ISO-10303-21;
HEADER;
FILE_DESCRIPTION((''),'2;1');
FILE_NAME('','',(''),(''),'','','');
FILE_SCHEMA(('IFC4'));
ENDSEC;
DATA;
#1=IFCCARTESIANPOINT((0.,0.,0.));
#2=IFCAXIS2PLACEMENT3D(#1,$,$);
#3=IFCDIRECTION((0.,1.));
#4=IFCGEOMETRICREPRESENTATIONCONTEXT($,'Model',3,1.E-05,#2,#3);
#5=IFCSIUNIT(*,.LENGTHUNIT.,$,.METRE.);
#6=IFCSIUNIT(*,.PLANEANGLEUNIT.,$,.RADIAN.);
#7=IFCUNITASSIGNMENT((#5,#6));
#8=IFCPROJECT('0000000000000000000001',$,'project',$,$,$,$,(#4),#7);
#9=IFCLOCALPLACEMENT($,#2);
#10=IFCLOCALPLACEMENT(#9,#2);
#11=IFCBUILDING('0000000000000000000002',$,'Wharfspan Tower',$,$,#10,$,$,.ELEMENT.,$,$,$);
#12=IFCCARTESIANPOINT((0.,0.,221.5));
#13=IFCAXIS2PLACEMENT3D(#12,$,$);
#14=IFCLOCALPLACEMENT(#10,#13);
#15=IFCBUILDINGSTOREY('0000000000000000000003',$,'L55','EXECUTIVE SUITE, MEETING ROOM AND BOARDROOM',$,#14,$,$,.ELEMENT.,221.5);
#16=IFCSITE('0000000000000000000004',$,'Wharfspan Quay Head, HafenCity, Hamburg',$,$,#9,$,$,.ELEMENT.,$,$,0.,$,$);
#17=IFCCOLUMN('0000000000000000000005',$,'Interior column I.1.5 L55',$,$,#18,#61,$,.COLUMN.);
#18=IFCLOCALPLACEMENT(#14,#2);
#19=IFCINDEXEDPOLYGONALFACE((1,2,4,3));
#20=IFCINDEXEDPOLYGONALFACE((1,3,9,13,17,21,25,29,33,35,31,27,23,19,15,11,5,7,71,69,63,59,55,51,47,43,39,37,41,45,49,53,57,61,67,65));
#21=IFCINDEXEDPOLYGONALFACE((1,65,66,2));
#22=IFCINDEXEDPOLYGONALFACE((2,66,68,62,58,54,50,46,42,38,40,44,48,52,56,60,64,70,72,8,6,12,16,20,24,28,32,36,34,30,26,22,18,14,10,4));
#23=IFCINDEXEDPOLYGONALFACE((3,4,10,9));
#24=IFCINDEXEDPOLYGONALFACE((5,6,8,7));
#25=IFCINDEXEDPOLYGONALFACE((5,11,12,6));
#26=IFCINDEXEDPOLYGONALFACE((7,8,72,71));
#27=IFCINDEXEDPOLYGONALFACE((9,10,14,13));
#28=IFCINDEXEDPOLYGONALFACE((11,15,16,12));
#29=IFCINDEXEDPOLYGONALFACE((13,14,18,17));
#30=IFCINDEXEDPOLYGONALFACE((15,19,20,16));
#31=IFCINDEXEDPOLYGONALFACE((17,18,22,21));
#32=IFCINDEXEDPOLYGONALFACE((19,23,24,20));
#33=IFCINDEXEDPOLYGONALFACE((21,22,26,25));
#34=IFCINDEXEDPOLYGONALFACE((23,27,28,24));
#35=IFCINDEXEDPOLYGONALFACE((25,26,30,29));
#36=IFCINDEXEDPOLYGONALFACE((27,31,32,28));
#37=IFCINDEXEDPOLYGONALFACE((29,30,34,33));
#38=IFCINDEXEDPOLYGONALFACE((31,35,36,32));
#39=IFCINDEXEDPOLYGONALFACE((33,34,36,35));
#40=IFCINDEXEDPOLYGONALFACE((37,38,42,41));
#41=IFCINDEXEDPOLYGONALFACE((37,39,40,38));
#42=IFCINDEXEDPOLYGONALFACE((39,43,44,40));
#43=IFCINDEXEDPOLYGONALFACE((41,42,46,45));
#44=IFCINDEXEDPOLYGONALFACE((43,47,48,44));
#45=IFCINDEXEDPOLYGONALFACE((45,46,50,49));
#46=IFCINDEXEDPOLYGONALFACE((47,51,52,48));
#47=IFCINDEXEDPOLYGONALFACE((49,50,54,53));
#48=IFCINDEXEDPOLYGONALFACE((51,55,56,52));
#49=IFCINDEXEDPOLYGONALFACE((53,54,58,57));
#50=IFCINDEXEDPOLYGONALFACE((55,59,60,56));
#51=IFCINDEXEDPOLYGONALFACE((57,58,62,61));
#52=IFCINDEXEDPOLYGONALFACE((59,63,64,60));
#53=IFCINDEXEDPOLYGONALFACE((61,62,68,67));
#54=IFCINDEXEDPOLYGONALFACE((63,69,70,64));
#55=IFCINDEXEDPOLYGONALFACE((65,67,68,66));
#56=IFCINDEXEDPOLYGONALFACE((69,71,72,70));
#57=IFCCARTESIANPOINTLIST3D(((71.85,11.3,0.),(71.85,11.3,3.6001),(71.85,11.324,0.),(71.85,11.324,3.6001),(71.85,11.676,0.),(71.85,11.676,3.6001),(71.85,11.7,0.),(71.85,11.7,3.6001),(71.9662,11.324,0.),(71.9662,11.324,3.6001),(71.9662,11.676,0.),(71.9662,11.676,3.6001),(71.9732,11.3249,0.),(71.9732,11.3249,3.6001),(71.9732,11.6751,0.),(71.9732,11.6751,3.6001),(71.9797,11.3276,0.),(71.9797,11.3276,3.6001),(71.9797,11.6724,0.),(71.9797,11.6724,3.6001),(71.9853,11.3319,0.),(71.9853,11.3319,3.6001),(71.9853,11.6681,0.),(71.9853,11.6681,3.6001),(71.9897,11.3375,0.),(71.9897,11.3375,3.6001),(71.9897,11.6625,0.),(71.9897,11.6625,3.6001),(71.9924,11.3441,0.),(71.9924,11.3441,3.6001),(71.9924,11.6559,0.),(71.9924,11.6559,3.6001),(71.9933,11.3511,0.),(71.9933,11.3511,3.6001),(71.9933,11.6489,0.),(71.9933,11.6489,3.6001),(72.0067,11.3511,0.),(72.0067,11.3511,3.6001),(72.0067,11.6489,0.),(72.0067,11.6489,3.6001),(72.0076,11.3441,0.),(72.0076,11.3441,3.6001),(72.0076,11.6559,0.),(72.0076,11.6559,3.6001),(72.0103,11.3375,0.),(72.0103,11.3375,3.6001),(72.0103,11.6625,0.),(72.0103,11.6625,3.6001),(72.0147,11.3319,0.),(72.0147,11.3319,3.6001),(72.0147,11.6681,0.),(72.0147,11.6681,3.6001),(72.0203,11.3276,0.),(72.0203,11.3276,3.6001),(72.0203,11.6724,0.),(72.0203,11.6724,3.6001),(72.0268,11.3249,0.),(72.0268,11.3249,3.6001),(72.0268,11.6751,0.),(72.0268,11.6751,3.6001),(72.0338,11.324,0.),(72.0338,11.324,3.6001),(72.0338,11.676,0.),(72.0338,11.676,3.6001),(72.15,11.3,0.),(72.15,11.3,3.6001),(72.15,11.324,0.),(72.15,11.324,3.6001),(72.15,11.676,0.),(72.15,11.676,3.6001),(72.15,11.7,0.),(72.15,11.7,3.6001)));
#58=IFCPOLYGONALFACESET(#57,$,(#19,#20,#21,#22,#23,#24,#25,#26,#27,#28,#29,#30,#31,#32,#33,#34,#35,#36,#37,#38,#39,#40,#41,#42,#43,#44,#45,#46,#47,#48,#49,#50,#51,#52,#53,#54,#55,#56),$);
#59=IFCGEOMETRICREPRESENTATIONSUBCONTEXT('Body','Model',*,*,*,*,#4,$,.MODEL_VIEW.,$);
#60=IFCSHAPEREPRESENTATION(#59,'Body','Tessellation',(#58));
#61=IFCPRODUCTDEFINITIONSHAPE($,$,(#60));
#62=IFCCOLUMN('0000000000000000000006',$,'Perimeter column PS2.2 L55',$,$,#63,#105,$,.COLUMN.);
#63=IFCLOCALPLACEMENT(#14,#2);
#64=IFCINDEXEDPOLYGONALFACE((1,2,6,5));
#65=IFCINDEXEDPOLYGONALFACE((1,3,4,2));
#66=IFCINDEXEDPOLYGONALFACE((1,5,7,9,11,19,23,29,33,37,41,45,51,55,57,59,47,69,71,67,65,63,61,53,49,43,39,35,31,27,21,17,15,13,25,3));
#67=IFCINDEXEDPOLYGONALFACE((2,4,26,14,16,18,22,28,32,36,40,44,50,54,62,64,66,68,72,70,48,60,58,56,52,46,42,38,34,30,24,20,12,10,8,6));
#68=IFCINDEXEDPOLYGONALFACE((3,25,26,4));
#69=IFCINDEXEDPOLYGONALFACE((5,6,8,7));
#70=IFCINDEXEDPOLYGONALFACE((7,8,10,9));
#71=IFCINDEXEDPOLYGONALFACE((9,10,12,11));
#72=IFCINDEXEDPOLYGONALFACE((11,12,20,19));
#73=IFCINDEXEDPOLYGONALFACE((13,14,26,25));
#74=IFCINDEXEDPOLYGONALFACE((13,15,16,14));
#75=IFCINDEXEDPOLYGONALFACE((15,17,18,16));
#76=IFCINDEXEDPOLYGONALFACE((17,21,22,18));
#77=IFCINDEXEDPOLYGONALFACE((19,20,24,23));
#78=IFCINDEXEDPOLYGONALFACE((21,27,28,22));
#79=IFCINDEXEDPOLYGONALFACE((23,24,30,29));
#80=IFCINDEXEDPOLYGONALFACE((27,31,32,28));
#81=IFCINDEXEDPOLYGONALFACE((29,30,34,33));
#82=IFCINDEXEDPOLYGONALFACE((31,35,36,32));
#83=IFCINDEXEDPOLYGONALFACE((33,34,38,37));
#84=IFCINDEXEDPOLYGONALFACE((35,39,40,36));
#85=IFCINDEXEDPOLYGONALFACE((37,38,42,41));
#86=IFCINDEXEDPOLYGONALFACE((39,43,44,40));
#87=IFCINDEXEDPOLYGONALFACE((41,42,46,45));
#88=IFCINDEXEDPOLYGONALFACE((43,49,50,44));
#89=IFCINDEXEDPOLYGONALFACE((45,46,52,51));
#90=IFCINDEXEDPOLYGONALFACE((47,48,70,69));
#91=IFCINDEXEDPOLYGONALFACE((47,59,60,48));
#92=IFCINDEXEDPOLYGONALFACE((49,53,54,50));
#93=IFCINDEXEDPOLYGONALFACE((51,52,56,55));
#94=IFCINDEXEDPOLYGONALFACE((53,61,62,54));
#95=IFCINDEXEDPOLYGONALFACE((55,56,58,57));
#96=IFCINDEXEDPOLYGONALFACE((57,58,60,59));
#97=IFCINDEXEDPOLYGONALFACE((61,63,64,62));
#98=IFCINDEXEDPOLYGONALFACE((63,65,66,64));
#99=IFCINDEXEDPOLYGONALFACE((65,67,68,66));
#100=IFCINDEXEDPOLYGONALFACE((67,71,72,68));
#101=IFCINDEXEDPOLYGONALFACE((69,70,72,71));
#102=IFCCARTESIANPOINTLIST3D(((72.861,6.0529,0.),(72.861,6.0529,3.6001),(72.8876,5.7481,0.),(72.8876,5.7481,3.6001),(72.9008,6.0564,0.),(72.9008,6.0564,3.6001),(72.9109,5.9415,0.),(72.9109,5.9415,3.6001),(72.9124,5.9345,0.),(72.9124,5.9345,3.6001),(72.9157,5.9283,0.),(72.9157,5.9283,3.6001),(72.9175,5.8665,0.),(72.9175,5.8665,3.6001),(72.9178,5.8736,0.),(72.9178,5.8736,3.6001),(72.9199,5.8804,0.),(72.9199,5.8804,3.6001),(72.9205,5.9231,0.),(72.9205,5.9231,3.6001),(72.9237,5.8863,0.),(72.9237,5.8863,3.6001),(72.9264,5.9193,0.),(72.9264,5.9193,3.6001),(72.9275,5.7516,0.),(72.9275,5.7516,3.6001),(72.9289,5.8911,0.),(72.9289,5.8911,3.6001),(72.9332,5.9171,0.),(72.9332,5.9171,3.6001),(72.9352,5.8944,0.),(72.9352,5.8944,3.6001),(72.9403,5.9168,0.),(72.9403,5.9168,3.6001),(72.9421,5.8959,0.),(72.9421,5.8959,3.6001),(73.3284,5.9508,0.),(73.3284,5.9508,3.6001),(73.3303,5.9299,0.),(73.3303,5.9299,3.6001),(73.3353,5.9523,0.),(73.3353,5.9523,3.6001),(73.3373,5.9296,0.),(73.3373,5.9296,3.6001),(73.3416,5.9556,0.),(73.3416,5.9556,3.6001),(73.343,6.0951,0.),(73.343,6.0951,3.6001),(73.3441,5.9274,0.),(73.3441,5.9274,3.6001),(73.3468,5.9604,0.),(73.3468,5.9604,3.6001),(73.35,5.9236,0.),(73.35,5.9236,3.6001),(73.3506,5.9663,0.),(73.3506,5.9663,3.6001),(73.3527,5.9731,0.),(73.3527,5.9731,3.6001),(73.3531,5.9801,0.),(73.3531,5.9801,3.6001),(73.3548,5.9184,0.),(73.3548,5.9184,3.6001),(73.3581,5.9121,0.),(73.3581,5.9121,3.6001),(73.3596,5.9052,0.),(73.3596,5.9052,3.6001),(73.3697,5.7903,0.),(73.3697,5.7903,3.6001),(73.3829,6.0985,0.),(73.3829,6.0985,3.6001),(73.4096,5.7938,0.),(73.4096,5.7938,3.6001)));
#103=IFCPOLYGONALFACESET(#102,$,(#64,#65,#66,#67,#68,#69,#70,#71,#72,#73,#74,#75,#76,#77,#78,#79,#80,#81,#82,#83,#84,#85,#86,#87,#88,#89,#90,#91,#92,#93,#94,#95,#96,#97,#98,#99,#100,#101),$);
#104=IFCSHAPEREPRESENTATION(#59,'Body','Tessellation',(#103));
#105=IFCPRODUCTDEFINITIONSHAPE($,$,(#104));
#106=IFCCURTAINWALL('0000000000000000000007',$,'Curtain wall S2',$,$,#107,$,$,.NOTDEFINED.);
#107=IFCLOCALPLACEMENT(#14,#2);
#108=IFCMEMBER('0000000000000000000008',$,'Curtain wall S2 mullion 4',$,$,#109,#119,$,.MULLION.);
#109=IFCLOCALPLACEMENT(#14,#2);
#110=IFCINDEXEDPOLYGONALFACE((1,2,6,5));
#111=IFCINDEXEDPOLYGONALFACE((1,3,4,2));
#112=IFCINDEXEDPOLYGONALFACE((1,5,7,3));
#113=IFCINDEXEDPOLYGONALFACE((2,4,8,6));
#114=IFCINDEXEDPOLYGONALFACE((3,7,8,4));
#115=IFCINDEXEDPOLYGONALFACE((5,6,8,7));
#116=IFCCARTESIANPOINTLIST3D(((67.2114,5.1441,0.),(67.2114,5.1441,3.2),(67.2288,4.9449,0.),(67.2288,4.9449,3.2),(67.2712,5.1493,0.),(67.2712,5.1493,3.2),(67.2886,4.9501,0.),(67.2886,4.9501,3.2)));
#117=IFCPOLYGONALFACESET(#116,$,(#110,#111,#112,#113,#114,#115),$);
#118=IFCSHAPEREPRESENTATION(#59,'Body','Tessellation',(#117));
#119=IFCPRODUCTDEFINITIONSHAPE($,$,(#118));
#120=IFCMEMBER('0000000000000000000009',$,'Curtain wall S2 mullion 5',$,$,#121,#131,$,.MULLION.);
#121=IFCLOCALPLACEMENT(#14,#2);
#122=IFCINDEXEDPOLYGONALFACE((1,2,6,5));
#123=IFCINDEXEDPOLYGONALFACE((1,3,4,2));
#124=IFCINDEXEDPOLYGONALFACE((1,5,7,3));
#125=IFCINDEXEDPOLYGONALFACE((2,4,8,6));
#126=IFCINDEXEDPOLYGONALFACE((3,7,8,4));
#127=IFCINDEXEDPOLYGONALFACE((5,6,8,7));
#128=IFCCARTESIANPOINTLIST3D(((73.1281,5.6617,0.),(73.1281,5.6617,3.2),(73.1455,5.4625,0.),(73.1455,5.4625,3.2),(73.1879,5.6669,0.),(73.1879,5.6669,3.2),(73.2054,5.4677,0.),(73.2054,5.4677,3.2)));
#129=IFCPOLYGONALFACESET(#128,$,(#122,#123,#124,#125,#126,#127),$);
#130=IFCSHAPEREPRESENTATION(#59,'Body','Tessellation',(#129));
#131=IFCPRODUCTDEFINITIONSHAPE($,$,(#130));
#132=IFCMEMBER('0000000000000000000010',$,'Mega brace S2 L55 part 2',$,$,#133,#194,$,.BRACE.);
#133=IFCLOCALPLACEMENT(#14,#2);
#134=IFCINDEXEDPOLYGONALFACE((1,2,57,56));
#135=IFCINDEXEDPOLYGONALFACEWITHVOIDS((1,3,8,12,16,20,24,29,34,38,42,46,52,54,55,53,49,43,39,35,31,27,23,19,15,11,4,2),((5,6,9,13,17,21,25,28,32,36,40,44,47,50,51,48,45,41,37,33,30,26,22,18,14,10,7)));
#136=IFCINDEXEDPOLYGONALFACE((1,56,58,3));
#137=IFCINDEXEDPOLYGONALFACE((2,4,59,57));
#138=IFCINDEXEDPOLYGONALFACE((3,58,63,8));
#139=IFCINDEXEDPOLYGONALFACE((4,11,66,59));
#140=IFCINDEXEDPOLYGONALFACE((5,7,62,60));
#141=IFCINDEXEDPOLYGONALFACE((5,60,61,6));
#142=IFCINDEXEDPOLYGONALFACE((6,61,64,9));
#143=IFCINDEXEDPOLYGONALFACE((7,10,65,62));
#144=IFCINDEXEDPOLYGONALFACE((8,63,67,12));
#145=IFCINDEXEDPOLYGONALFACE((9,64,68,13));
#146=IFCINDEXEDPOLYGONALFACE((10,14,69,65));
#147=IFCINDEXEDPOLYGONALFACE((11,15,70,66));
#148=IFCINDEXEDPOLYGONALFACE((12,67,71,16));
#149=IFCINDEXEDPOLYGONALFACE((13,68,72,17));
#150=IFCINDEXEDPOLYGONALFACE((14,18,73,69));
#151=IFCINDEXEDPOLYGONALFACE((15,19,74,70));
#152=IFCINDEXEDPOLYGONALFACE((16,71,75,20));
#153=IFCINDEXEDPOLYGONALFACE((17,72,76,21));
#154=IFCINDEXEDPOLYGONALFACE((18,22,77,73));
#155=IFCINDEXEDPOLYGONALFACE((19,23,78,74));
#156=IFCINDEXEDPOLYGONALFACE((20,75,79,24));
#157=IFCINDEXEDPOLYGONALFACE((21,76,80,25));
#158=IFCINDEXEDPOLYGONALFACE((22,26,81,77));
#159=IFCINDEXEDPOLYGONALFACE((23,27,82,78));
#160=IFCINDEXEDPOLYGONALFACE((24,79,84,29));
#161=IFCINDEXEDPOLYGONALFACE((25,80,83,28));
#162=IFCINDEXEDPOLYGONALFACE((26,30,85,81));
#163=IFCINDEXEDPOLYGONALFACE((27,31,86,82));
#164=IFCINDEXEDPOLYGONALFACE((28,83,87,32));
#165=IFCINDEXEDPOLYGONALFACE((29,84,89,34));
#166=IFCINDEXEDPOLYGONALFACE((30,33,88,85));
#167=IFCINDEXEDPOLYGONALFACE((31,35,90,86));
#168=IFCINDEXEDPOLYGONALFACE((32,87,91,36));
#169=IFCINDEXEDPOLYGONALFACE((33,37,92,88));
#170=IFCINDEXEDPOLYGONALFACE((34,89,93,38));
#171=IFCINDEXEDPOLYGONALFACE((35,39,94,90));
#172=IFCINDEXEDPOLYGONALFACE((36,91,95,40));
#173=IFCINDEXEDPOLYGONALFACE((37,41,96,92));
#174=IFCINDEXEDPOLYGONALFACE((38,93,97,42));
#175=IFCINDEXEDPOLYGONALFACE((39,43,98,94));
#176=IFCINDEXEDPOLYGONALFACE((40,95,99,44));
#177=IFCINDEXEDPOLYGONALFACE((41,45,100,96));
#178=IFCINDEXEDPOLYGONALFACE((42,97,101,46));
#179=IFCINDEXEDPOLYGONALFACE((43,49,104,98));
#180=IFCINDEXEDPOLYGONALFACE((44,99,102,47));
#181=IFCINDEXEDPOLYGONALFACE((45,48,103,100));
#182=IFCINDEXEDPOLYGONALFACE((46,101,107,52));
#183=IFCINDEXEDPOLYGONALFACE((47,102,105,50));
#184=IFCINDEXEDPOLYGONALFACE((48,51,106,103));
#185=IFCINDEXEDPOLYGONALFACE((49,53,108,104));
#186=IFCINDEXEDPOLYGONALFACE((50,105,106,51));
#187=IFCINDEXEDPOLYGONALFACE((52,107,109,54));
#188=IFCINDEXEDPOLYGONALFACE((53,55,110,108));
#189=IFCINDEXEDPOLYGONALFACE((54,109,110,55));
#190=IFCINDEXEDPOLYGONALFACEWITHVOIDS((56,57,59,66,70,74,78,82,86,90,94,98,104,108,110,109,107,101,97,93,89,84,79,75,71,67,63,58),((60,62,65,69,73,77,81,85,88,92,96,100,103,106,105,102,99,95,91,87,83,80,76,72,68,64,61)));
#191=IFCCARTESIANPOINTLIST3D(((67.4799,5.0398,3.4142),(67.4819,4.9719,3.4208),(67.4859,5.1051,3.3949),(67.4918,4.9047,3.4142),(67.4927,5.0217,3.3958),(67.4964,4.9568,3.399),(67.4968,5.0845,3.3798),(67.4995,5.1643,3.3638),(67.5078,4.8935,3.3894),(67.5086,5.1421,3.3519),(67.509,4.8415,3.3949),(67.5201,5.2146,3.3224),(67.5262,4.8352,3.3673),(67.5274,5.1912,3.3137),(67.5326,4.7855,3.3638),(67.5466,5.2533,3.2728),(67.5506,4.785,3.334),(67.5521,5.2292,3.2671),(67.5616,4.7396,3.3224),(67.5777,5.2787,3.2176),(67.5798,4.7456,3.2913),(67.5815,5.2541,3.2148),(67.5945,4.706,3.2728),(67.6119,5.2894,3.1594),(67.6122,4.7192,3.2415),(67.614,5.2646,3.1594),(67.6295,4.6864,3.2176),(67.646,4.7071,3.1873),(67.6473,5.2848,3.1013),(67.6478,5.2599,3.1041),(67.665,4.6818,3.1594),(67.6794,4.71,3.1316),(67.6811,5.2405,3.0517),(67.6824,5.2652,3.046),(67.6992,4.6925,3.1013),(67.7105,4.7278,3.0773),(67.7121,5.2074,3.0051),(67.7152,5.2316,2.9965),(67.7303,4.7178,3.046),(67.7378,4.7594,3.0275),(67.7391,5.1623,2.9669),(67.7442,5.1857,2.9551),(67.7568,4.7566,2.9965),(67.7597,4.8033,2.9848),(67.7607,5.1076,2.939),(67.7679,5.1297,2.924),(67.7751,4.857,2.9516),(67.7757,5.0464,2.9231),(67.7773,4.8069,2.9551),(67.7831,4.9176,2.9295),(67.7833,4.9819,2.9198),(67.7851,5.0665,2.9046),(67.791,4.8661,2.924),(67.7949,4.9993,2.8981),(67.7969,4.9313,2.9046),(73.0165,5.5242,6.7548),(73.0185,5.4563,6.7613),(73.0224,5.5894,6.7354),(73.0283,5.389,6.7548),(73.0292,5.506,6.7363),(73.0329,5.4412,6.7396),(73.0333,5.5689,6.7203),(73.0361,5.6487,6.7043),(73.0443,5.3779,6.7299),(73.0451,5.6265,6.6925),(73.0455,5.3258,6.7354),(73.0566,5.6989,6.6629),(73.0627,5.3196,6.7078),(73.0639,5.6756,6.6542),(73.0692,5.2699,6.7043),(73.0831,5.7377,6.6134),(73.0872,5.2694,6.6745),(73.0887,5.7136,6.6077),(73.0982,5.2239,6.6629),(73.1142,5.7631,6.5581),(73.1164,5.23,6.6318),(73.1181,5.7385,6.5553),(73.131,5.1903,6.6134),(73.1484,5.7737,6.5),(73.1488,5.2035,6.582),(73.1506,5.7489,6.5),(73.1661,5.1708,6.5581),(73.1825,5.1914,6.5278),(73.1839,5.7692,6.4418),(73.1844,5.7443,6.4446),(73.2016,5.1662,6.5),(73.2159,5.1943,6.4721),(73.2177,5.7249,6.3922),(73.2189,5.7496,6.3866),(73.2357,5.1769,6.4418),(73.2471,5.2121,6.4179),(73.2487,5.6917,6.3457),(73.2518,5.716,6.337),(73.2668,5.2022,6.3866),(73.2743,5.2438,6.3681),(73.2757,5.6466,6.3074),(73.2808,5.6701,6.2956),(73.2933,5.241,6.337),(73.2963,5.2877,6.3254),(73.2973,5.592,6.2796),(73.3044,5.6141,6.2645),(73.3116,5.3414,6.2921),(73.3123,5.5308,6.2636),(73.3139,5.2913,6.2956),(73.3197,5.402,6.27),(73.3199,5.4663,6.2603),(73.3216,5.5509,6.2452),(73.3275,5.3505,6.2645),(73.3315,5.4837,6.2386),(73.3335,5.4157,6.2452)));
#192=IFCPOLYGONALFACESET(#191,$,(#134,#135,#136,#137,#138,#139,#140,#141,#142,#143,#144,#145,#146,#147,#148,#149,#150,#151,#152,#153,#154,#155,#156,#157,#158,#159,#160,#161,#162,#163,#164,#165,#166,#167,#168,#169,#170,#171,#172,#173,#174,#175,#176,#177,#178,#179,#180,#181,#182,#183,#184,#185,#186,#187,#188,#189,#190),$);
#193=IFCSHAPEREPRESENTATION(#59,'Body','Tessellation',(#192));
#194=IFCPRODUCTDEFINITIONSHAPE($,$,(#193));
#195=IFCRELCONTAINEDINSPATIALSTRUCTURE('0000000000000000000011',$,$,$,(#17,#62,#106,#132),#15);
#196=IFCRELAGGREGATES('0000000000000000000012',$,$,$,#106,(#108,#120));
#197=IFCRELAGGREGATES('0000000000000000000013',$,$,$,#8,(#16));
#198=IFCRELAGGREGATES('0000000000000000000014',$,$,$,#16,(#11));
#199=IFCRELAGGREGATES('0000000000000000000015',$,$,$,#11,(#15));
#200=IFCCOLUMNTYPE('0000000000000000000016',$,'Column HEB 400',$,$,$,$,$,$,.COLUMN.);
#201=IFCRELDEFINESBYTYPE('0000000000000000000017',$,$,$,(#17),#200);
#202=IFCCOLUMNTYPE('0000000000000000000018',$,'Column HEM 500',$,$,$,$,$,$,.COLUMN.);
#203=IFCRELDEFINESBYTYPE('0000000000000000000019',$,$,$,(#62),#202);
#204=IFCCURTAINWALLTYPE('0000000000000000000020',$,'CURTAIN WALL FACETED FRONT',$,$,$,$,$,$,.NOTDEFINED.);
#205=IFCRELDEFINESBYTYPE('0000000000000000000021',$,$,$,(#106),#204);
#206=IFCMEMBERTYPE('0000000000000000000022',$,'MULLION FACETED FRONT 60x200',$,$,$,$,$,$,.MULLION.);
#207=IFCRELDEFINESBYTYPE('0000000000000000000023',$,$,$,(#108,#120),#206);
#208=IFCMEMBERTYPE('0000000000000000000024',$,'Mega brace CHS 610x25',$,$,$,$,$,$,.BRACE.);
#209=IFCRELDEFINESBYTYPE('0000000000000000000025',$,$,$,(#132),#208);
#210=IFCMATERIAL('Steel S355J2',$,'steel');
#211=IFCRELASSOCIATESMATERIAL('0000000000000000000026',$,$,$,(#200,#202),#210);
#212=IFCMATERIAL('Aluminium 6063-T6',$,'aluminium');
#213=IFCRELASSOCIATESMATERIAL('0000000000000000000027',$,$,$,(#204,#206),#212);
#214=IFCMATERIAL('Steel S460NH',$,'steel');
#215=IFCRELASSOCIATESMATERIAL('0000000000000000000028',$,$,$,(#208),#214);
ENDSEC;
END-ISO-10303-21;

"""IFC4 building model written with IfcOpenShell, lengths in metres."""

from ifc_helpers import new_model, si_unit, direction, frame, origin, origin_2d, place, context, subcontext, project, spatial, rectangle, hollow_circle, i_section, extrude, material, material_profile, profile_set, type_object, element, aggregate, save


model = new_model("IFC4")

# Units and contexts
model_context = context("Model", 3, precision=1e-05, world=origin(), true_north=direction((0.0, 1.0)))
body_context = subcontext(model_context, "Body", "Model", "MODEL_VIEW")
ifc_project = project(units=[si_unit("LENGTHUNIT", "METRE"), si_unit("PLANEANGLEUNIT", "RADIAN")], contexts=[model_context])

# Site, building, storey
site_placement = place(None, origin())
site = spatial("IfcSite", under=ifc_project, at=site_placement, Name="Wharfspan Quay Head, HafenCity, Hamburg", CompositionType="ELEMENT", RefElevation=0.0)
building_placement = place(site_placement, origin())
building = spatial("IfcBuilding", under=site, at=building_placement, Name="Wharfspan Tower", CompositionType="ELEMENT")
storey_placement = place(building_placement, frame((0.0, 0.0, 221.5)))
storey = spatial("IfcBuildingStorey", under=building, at=storey_placement, Name="L55", Description="EXECUTIVE SUITE, MEETING ROOM AND BOARDROOM", CompositionType="ELEMENT", Elevation=221.5)

# Columns
ifc_material_1 = material(Name="Steel S355J2", Category="steel")
ifc_material_profile_1 = material_profile(ifc_material_1, i_section(OverallWidth=0.3, OverallDepth=0.3999, WebThickness=0.0134, FlangeThickness=0.0239, FilletRadius=0.0271, at=origin_2d()))
ifc_profile_set_1 = profile_set([ifc_material_profile_1], Name="Steel S355J2")
column_type_1 = type_object("IfcColumnType", Name="Column HEB 400", PredefinedType="COLUMN", material=ifc_profile_set_1)
column_1_placement = place(storey_placement, frame((72.0, 11.5, 0.0), z_axis=(0.0, 0.0, 1.0), x_axis=(1.0, 0.0, 0.0)))
element("IfcColumn", 1, at=column_1_placement, inside=storey, type_object=column_type_1, Name="Interior column I.1.5 L55", PredefinedType="COLUMN", context=body_context, shape_type="SweptSolid", body=[
    extrude(i_section(OverallWidth=0.3, OverallDepth=0.3999, WebThickness=0.0134, FlangeThickness=0.0239, FilletRadius=0.0271, at=origin_2d()), origin(), (0.0, 0.0, 1.0), 3.6001),
])
ifc_material_profile_2 = material_profile(ifc_material_1, i_section(OverallWidth=0.3059, OverallDepth=0.5239, WebThickness=0.021, FlangeThickness=0.04, FilletRadius=0.0271, at=origin_2d()))
ifc_profile_set_2 = profile_set([ifc_material_profile_2], Name="Steel S355J2")
column_type_2 = type_object("IfcColumnType", Name="Column HEM 500", PredefinedType="COLUMN", material=ifc_profile_set_2)
column_2_placement = place(storey_placement, frame((73.1353, 5.9233, 0.0), z_axis=(0.0, 0.0, 1.0), x_axis=(0.087156, -0.996197, 0.0)))
element("IfcColumn", 2, at=column_2_placement, inside=storey, type_object=column_type_2, Name="Perimeter column PS2.2 L55", PredefinedType="COLUMN", context=body_context, shape_type="SweptSolid", body=[
    extrude(i_section(OverallWidth=0.3059, OverallDepth=0.5239, WebThickness=0.021, FlangeThickness=0.04, FilletRadius=0.0271, at=origin_2d()), origin(), (0.0, 0.0, 1.0), 3.6001),
])

# Curtain wall, members
ifc_material_2 = material(Name="Aluminium 6063-T6", Category="aluminium")
curtain_wall_type = type_object("IfcCurtainWallType", Name="CURTAIN WALL FACETED FRONT", PredefinedType="NOTDEFINED", material=ifc_material_2)
curtain_wall_placement = place(storey_placement, origin())
curtain_wall = element("IfcCurtainWall", 3, at=curtain_wall_placement, inside=storey, type_object=curtain_wall_type, Name="Curtain wall S2", PredefinedType="NOTDEFINED")
ifc_material_profile_3 = material_profile(ifc_material_2, rectangle(XDim=0.2, YDim=0.0601, at=origin_2d()))
ifc_profile_set_3 = profile_set([ifc_material_profile_3], Name="Aluminium 6063-T6")
member_type_1 = type_object("IfcMemberType", Name="MULLION FACETED FRONT 60x200", PredefinedType="MULLION", material=ifc_profile_set_3)
member_1_placement = place(storey_placement, frame((67.25, 5.0471, 0.0), z_axis=(0.0, 0.0, 1.0), x_axis=(-0.087156, 0.996197, 0.0)))
member_1 = element("IfcMember", 4, at=member_1_placement, type_object=member_type_1, Name="Curtain wall S2 mullion 4", PredefinedType="MULLION", context=body_context, shape_type="SweptSolid", body=[
    extrude(rectangle(XDim=0.2, YDim=0.0601, at=origin_2d()), origin(), (0.0, 0.0, 1.0), 3.2),
])
member_2_placement = place(storey_placement, frame((73.1667, 5.5647, 0.0), z_axis=(0.0, 0.0, 1.0), x_axis=(-0.087156, 0.996197, 0.0)))
member_2 = element("IfcMember", 5, at=member_2_placement, type_object=member_type_1, Name="Curtain wall S2 mullion 5", PredefinedType="MULLION", context=body_context, shape_type="SweptSolid", body=[
    extrude(rectangle(XDim=0.2, YDim=0.0601, at=origin_2d()), origin(), (0.0, 0.0, 1.0), 3.2),
])

# Member
ifc_material_3 = material(Name="Steel S460NH", Category="steel")
ifc_material_profile_4 = material_profile(ifc_material_3, hollow_circle(Radius=0.3049, WallThickness=0.0249, at=origin_2d()))
ifc_profile_set_4 = profile_set([ifc_material_profile_4], Name="Steel S460NH")
member_type_2 = type_object("IfcMemberType", Name="Mega brace CHS 610x25", PredefinedType="BRACE", material=ifc_profile_set_4)
for number, where, z_axis, x_axis, name in (
    (6, (67.6384, 4.9856, 3.1594), (0.853829, 0.074698, 0.515166), (-0.087155, 0.996197, 0.000003), "Mega brace S2 L55 part 2"),
):
    element("IfcMember", number, at=place(storey_placement, frame(where, z_axis=z_axis, x_axis=x_axis)), inside=storey, type_object=member_type_2, Name=name, PredefinedType="BRACE", context=body_context, shape_type="SweptSolid", body=[
        extrude(hollow_circle(Radius=0.3049, WallThickness=0.0249, at=origin_2d()), origin(), (0.0, 0.0, 1.0), 6.4844),
    ])

aggregate(curtain_wall, [member_1, member_2])

save(model, "model.ifc")
